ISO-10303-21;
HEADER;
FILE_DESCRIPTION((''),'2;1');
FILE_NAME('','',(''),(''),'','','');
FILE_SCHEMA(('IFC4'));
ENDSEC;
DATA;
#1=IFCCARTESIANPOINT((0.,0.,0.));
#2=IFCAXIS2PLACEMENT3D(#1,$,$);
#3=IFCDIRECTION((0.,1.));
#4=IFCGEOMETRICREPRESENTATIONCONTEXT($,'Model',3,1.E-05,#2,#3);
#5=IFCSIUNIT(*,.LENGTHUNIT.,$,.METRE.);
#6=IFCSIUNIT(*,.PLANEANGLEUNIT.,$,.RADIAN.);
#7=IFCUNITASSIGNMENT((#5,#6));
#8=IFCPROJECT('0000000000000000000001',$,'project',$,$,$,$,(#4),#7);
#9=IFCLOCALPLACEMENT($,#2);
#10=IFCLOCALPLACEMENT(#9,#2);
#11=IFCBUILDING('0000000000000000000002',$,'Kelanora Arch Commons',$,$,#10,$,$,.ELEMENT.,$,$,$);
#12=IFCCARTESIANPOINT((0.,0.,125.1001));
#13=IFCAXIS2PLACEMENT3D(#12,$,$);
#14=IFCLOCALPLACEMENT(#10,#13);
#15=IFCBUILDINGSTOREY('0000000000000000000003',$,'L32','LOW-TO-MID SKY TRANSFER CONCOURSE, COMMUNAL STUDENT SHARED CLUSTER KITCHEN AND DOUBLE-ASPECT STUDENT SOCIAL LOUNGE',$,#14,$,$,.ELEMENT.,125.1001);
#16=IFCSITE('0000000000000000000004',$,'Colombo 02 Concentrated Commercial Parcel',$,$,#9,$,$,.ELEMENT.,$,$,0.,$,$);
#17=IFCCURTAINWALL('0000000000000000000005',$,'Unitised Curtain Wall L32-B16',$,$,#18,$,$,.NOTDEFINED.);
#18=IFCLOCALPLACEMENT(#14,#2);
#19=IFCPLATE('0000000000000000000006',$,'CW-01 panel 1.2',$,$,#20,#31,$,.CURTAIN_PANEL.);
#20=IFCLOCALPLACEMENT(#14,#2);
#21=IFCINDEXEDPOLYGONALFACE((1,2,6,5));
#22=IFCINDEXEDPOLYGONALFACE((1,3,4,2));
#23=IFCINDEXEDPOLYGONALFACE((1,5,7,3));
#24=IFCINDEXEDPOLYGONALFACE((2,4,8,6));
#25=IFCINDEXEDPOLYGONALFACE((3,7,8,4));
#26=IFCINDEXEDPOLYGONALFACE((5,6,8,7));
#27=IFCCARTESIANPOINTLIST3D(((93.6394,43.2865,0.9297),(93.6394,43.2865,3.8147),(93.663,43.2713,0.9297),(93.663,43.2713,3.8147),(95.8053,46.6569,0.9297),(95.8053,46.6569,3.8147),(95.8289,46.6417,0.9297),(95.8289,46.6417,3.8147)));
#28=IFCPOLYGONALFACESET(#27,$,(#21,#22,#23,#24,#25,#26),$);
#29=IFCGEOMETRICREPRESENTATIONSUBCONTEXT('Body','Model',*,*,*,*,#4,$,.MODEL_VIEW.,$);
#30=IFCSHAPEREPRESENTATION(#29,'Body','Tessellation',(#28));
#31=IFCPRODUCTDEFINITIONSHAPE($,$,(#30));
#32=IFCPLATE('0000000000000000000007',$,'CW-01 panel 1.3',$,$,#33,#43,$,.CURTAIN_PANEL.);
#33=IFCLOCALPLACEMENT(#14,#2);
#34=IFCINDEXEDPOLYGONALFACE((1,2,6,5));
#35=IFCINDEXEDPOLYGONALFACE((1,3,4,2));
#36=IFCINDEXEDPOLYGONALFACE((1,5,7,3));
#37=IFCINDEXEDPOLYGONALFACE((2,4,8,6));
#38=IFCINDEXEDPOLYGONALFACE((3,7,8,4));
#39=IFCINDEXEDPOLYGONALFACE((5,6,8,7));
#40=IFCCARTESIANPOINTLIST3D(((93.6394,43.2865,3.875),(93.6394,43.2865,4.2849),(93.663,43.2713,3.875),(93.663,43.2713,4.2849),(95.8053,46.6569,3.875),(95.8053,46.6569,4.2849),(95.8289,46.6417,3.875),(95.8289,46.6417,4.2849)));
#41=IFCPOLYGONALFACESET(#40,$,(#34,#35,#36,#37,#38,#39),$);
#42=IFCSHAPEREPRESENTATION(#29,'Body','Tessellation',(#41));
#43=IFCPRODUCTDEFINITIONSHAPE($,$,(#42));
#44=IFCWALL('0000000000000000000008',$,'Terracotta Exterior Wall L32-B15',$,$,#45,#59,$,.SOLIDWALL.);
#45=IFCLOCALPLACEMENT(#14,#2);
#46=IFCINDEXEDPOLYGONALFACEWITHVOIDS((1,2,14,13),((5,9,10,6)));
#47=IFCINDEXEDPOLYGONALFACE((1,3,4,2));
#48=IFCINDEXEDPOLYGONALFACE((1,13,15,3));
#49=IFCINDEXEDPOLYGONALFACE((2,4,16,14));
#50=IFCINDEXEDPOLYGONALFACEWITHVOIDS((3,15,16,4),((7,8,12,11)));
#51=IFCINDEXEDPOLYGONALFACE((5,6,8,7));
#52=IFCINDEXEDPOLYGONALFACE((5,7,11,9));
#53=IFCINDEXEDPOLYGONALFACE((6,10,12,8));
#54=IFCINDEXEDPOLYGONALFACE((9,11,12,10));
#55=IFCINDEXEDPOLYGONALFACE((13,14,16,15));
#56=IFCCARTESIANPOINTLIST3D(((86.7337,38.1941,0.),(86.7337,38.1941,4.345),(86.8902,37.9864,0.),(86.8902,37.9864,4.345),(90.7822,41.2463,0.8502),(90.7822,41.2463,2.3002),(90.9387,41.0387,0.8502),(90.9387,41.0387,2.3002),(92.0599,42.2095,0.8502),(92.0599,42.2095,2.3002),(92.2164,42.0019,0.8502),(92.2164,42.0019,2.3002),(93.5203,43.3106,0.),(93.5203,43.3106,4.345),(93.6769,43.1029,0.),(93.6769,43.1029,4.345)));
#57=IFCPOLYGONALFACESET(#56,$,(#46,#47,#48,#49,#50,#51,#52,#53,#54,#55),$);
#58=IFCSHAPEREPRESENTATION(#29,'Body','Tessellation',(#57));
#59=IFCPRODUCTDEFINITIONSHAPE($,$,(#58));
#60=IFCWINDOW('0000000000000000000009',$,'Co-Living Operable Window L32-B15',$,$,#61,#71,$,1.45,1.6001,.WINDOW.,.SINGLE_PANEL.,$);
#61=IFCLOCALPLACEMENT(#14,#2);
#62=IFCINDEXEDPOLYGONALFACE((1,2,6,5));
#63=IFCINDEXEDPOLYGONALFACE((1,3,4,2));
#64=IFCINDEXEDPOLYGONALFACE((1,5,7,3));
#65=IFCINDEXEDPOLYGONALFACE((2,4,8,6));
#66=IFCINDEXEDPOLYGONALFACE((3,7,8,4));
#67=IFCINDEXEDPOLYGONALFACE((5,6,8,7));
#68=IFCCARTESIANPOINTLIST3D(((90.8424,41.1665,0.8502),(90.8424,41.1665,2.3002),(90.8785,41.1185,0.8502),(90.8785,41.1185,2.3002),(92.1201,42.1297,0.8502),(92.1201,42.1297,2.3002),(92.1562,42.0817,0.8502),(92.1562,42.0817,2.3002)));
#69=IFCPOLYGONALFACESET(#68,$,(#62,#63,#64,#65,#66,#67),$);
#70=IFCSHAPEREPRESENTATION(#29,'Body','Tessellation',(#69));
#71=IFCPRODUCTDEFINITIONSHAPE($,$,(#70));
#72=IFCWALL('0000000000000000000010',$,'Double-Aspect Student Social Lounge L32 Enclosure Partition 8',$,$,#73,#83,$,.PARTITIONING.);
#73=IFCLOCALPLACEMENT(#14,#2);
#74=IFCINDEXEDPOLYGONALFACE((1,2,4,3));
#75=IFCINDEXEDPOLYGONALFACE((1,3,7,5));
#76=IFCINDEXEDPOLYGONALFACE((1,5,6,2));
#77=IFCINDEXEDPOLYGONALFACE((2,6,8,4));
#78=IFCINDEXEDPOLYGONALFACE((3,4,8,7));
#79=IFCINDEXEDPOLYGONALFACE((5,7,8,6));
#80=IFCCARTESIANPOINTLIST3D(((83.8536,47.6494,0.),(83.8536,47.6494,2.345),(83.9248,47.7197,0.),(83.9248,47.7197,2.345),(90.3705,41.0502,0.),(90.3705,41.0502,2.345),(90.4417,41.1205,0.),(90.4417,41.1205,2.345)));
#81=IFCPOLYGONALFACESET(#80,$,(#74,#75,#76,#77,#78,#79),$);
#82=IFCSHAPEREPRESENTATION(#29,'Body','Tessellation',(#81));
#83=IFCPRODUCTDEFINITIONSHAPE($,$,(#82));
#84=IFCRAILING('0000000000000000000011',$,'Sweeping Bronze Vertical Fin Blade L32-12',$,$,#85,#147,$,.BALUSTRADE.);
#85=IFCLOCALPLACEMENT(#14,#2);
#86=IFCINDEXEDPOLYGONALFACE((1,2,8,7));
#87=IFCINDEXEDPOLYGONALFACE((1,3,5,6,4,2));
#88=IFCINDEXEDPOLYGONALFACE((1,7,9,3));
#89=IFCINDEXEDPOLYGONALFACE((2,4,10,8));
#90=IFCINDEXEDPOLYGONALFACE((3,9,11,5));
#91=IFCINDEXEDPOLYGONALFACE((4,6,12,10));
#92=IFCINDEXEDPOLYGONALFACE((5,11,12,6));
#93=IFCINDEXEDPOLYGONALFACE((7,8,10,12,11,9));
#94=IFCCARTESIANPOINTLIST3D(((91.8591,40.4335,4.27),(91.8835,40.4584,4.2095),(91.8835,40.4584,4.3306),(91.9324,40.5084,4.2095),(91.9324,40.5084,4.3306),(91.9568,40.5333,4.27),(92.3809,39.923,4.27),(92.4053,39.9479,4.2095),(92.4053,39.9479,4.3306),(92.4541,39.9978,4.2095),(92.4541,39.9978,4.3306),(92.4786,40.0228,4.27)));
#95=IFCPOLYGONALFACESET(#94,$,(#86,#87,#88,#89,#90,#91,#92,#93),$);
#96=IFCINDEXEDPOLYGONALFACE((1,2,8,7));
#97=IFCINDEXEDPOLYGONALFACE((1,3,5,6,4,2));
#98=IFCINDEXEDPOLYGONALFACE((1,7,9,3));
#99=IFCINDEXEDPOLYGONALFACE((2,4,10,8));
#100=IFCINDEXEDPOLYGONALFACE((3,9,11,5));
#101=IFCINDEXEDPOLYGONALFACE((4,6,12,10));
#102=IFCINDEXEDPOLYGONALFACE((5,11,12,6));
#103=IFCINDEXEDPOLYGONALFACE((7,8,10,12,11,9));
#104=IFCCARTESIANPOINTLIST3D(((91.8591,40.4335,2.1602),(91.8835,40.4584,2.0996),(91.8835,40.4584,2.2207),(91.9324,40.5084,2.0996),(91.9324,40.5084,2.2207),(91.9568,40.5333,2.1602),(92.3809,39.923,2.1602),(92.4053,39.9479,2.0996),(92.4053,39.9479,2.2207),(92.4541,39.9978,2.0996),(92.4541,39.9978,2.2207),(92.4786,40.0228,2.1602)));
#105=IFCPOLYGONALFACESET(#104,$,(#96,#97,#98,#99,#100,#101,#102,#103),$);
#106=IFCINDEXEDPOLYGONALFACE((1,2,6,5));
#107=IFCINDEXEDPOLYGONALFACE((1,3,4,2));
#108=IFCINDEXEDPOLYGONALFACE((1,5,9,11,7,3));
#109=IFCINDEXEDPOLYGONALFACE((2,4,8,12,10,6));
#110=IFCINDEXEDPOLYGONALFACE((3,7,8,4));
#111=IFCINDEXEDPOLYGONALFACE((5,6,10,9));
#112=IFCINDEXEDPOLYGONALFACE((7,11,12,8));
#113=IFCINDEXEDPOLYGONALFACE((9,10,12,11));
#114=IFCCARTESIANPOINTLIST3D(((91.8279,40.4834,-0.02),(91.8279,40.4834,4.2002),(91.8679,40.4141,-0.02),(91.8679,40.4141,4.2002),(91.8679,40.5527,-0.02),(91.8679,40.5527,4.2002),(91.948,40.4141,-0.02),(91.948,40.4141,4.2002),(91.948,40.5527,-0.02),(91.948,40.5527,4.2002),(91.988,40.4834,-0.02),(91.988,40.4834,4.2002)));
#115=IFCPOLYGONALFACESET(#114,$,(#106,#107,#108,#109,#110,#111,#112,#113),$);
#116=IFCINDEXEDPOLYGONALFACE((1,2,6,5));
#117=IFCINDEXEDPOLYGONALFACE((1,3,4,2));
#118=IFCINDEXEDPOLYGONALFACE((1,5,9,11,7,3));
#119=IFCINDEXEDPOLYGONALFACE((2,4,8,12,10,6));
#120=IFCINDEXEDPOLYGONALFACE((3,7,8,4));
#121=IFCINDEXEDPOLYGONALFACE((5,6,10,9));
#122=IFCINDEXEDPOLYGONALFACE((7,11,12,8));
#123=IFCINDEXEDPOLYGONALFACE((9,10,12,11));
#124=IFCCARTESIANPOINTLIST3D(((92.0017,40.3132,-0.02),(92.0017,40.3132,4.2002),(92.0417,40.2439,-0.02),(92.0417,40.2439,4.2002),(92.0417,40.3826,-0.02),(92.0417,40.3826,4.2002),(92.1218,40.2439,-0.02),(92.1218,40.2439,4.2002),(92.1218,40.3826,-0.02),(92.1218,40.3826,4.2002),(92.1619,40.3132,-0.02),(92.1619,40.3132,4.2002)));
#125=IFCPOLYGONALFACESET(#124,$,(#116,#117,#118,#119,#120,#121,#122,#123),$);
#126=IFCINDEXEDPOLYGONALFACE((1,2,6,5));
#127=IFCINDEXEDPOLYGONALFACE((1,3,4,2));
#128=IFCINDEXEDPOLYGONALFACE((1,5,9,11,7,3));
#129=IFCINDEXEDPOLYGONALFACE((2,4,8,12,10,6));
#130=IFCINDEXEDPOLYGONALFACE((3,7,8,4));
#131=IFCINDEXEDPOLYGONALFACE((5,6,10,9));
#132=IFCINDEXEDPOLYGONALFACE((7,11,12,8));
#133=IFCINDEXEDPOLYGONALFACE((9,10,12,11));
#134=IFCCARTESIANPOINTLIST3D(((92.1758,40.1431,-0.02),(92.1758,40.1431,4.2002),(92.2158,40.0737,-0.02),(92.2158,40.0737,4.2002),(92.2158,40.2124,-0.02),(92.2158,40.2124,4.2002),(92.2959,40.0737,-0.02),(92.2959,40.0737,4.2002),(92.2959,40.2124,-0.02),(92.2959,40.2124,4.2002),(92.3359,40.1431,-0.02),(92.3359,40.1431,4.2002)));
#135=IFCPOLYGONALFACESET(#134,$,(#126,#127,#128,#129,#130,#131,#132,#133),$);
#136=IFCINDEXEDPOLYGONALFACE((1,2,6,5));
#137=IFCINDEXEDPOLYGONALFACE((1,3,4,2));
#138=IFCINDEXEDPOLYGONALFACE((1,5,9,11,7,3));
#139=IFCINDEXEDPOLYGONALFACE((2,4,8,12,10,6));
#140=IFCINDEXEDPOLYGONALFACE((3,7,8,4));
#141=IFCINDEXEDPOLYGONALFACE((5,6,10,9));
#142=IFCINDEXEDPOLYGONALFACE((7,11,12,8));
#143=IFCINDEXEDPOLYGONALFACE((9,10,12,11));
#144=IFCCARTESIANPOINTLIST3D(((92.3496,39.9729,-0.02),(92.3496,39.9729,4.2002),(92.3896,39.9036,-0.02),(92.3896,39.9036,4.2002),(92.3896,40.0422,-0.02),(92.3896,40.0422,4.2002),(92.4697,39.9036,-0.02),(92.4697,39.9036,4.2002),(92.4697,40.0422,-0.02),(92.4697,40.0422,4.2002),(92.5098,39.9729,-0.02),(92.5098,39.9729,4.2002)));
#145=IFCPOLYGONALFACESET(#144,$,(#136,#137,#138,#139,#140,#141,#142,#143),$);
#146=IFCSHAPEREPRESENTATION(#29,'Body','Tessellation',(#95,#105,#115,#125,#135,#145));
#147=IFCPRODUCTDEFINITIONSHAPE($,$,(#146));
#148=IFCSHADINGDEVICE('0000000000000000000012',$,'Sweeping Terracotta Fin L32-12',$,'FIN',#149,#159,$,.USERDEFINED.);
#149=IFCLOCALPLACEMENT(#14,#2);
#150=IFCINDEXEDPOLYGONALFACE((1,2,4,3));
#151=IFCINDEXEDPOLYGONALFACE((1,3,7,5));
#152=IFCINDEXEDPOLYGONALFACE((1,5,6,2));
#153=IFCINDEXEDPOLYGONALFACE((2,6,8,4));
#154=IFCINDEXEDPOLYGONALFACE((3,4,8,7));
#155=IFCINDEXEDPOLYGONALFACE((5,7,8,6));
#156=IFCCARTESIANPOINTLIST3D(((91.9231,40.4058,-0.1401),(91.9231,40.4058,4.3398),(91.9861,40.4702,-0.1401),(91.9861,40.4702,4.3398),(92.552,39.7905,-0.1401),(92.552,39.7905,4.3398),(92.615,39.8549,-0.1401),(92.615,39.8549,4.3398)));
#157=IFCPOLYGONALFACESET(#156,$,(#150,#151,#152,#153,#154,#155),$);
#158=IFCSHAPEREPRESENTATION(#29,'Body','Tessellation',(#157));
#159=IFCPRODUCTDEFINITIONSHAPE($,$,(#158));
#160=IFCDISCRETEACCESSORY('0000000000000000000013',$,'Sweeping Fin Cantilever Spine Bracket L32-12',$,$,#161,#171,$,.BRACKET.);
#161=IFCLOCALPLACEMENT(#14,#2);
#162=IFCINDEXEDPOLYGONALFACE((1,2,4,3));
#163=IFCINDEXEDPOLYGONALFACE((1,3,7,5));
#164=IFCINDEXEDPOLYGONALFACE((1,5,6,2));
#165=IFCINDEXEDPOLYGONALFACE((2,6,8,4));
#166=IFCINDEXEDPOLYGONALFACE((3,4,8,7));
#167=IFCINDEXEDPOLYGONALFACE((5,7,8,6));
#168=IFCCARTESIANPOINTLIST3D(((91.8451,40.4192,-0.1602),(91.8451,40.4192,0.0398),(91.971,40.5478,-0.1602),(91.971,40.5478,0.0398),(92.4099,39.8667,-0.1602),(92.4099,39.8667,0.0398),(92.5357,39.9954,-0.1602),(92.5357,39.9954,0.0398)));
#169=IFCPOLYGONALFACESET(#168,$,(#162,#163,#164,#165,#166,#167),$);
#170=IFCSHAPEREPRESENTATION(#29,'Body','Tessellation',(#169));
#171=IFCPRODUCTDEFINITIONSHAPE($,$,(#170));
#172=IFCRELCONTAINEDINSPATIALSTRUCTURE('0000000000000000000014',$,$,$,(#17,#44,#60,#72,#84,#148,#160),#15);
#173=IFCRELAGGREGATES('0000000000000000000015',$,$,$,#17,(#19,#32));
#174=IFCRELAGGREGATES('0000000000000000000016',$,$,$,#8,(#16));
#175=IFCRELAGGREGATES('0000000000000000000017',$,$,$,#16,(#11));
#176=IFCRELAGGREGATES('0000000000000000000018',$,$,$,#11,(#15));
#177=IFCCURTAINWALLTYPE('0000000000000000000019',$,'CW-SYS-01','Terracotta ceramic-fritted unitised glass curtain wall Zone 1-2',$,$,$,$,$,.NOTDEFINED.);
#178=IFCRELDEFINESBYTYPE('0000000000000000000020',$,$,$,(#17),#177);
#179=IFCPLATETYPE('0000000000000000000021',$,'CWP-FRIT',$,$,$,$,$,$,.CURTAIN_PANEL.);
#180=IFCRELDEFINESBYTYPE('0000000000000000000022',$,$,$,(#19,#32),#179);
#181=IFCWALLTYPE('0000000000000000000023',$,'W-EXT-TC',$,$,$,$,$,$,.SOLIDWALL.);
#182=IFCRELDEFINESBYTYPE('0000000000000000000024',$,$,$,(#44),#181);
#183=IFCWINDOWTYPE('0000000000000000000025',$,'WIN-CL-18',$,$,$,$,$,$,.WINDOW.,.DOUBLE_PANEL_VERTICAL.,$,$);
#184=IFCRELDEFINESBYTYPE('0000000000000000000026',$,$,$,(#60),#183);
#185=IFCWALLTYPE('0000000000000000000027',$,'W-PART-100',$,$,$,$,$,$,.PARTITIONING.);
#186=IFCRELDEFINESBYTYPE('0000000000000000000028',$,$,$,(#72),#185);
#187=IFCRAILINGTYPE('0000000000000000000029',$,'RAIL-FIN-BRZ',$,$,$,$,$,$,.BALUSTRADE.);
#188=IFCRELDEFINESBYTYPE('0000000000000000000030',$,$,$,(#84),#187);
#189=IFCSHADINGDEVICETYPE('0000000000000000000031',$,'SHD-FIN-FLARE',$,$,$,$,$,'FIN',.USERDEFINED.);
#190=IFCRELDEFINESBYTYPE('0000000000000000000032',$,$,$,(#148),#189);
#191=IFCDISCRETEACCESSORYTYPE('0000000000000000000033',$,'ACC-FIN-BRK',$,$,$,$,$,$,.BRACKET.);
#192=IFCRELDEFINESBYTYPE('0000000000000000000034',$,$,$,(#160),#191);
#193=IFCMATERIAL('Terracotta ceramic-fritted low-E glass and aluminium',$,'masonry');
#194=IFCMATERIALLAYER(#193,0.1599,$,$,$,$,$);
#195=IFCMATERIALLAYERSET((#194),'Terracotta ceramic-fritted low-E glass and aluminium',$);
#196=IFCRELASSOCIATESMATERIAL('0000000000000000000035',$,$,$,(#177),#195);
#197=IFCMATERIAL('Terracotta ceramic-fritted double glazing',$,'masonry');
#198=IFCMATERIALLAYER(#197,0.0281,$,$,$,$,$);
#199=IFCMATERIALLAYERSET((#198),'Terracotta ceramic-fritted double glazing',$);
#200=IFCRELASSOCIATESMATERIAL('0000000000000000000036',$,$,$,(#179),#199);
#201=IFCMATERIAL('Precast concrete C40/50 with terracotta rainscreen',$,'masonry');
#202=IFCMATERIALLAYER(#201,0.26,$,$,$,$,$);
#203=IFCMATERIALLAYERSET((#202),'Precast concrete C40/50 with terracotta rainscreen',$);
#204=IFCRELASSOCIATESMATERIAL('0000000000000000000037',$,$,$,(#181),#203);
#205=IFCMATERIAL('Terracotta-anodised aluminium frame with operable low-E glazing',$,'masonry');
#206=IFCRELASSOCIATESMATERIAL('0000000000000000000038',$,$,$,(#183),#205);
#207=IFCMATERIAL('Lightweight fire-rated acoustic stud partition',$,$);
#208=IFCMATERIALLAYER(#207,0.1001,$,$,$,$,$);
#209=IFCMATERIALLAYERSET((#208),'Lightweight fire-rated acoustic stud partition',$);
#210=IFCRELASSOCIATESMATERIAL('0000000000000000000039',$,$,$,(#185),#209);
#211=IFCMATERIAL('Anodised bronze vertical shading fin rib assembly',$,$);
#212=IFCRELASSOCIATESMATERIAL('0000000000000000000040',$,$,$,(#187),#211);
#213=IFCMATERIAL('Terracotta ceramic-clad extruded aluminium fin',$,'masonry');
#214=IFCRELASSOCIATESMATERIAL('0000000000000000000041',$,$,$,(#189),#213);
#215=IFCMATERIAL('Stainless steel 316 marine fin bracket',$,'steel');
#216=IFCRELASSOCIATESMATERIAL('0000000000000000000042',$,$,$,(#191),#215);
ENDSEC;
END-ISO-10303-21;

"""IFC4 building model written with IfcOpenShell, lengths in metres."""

from ifc_helpers import new_model, si_unit, direction, frame, frame_2d, origin, origin_2d, place, context, subcontext, project, spatial, polyline, rectangle, outline, extrude, source, transform, mapped, material, layer, layer_set, type_object, element, fill, aggregate, save


model = new_model("IFC4")

# Units and contexts
model_context = context("Model", 3, precision=1e-05, world=origin(), true_north=direction((0.0, 1.0)))
body_context = subcontext(model_context, "Body", "Model", "MODEL_VIEW")
ifc_project = project(units=[si_unit("LENGTHUNIT", "METRE"), si_unit("PLANEANGLEUNIT", "RADIAN")], contexts=[model_context])

# Site, building, storey
site_placement = place(None, origin())
site = spatial("IfcSite", under=ifc_project, at=site_placement, Name="Colombo 02 Concentrated Commercial Parcel", CompositionType="ELEMENT", RefElevation=0.0)
building_placement = place(site_placement, origin())
building = spatial("IfcBuilding", under=site, at=building_placement, Name="Kelanora Arch Commons", CompositionType="ELEMENT")
storey_placement = place(building_placement, frame((0.0, 0.0, 125.1001)))
storey = spatial("IfcBuildingStorey", under=building, at=storey_placement, Name="L32", Description="LOW-TO-MID SKY TRANSFER CONCOURSE, COMMUNAL STUDENT SHARED CLUSTER KITCHEN AND DOUBLE-ASPECT STUDENT SOCIAL LOUNGE", CompositionType="ELEMENT", Elevation=125.1001)

# Shared definitions
ifc_material_1 = material(Name="Terracotta ceramic-fritted low-E glass and aluminium", Category="masonry")
ifc_layer_1 = layer(ifc_material_1, 0.1599)
ifc_layer_set_1 = layer_set([ifc_layer_1], Name="Terracotta ceramic-fritted low-E glass and aluminium")
curtain_wall_type = type_object("IfcCurtainWallType", Name="CW-SYS-01", Description="Terracotta ceramic-fritted unitised glass curtain wall Zone 1-2", PredefinedType="NOTDEFINED", material=ifc_layer_set_1)

# Curtain wall
curtain_wall_1_placement = place(storey_placement, origin())
curtain_wall_1 = element("IfcCurtainWall", 1, at=curtain_wall_1_placement, inside=storey, type_object=curtain_wall_type, Name="Unitised Curtain Wall L32-B16", PredefinedType="NOTDEFINED")

# Plates
ifc_material_2 = material(Name="Terracotta ceramic-fritted double glazing", Category="masonry")
ifc_layer_2 = layer(ifc_material_2, 0.0281)
ifc_layer_set_2 = layer_set([ifc_layer_2], Name="Terracotta ceramic-fritted double glazing")
plate_type = type_object("IfcPlateType", Name="CWP-FRIT", PredefinedType="CURTAIN_PANEL", material=ifc_layer_set_2)
shared_shape_1 = source(origin(), body_context, "Body", "SweptSolid", [
    extrude(rectangle(XDim=4.0063, YDim=0.0281, at=origin_2d()), origin(), (0.0, 0.0, 1.0), 2.885),
])
plate_1_placement = place(storey_placement, frame((94.7341, 44.9641, 0.9297), z_axis=(0.0, 0.0, 1.0), x_axis=(0.540617, 0.841269, 0.0)))
plate_1 = element("IfcPlate", 2, at=plate_1_placement, type_object=plate_type, Name="CW-01 panel 1.2", PredefinedType="CURTAIN_PANEL", context=body_context, shape_type="MappedRepresentation", body=[
    mapped(shared_shape_1, transform((0.0, 0.0, 0.0), scale=1.0)),
])
shared_shape_2 = source(origin(), body_context, "Body", "SweptSolid", [
    extrude(rectangle(XDim=4.0063, YDim=0.0281, at=origin_2d()), origin(), (0.0, 0.0, 1.0), 0.4099),
])
plate_2_placement = place(storey_placement, frame((94.7341, 44.9641, 3.875), z_axis=(0.0, 0.0, 1.0), x_axis=(0.540617, 0.841269, 0.0)))
plate_2 = element("IfcPlate", 3, at=plate_2_placement, type_object=plate_type, Name="CW-01 panel 1.3", PredefinedType="CURTAIN_PANEL", context=body_context, shape_type="MappedRepresentation", body=[
    mapped(shared_shape_2, transform((0.0, 0.0, 0.0), scale=1.0)),
])
aggregate(curtain_wall_1, [plate_1, plate_2])

# Wall, opening, window
ifc_material_3 = material(Name="Precast concrete C40/50 with terracotta rainscreen", Category="masonry")
ifc_layer_3 = layer(ifc_material_3, 0.26)
ifc_layer_set_3 = layer_set([ifc_layer_3], Name="Precast concrete C40/50 with terracotta rainscreen")
wall_type_1 = type_object("IfcWallType", Name="W-EXT-TC", PredefinedType="SOLIDWALL", material=ifc_layer_set_3)
wall_1_placement = place(storey_placement, frame((86.812, 38.0903, 0.0), z_axis=(0.0, 0.0, 1.0), x_axis=(0.798502, 0.601993, 0.0)))
wall_1 = element("IfcWall", 4, at=wall_1_placement, inside=storey, type_object=wall_type_1, Name="Terracotta Exterior Wall L32-B15", PredefinedType="SOLIDWALL", context=body_context, shape_type="SweptSolid", body=[
    extrude(rectangle(XDim=8.4993, YDim=0.26, at=frame_2d((4.2495, 0.0))), origin(), (0.0, 0.0, 1.0), 4.345),
])
opening_placement = place(wall_1_placement, frame((5.0701, 0.0, 0.8501)))
opening = element("IfcOpeningElement", 5, at=opening_placement, cuts=wall_1, PredefinedType="OPENING", context=body_context, shape_type="SweptSolid", body=[
    extrude(rectangle(XDim=1.6001, YDim=1.45, at=frame_2d((0.8, 0.7251))), frame((0.0, 0.1401, 0.0), z_axis=(0.0, -1.0, 0.0), x_axis=(1.0, 0.0, 0.0)), (0.0, 0.0, 1.0), 0.28),
])
ifc_material_4 = material(Name="Terracotta-anodised aluminium frame with operable low-E glazing", Category="masonry")
window_type = type_object("IfcWindowType", Name="WIN-CL-18", PartitioningType="DOUBLE_PANEL_VERTICAL", PredefinedType="WINDOW", material=ifc_material_4)
window_placement = place(opening_placement, origin())
window = element("IfcWindow", 6, at=window_placement, inside=storey, type_object=window_type, Name="Co-Living Operable Window L32-B15", OverallHeight=1.45, OverallWidth=1.6001, PartitioningType="SINGLE_PANEL", PredefinedType="WINDOW", context=body_context, shape_type="SweptSolid", body=[
    extrude(rectangle(XDim=1.6001, YDim=1.45, at=frame_2d((0.8, 0.7251))), frame((0.0, 0.03, 0.0), z_axis=(0.0, -1.0, 0.0), x_axis=(1.0, 0.0, 0.0)), (0.0, 0.0, 1.0), 0.0601),
])
fill(opening, window)

# Wall
ifc_material_5 = material(Name="Lightweight fire-rated acoustic stud partition")
ifc_layer_4 = layer(ifc_material_5, 0.1001)
ifc_layer_set_4 = layer_set([ifc_layer_4], Name="Lightweight fire-rated acoustic stud partition")
wall_type_2 = type_object("IfcWallType", Name="W-PART-100", PredefinedType="PARTITIONING", material=ifc_layer_set_4)
wall_2_placement = place(storey_placement, frame((90.406, 41.0854, 0.0), z_axis=(0.0, 0.0, 1.0), x_axis=(-0.702657, 0.711528, 0.0)))
element("IfcWall", 7, at=wall_2_placement, inside=storey, type_object=wall_type_2, Name="Double-Aspect Student Social Lounge L32 Enclosure Partition 8", PredefinedType="PARTITIONING", context=body_context, shape_type="SweptSolid", body=[
    extrude(rectangle(XDim=9.2747, YDim=0.1001, at=frame_2d((4.6372, 0.0))), origin(), (0.0, 0.0, 1.0), 2.345),
])

# Railing
ifc_material_6 = material(Name="Anodised bronze vertical shading fin rib assembly")
railing_type = type_object("IfcRailingType", Name="RAIL-FIN-BRZ", PredefinedType="BALUSTRADE", material=ifc_material_6)
railing_placement = place(storey_placement, frame((91.908, 40.4834, -0.02)))
element("IfcRailing", 8, at=railing_placement, inside=storey, type_object=railing_type, Name="Sweeping Bronze Vertical Fin Blade L32-12", PredefinedType="BALUSTRADE", context=body_context, shape_type="SweptSolid", body=[
    extrude(outline(polyline([(0.0698, 0.0), (0.0349, 0.0605), (-0.0349, 0.0605), (-0.0698, 0.0), (-0.0349, -0.0605), (0.0349, -0.0605), (0.0698, 0.0)])), frame((0.0, 0.0, 4.29), z_axis=(0.714758, -0.699372, 0.0), x_axis=(0.699372, 0.714758, 0.0)), (0.0, 0.0, 1.0), 0.73),
    extrude(outline(polyline([(0.0698, 0.0), (0.0349, 0.0605), (-0.0349, 0.0605), (-0.0698, 0.0), (-0.0349, -0.0605), (0.0349, -0.0605), (0.0698, 0.0)])), frame((0.0, 0.0, 2.1802), z_axis=(0.714758, -0.699372, 0.0), x_axis=(0.699372, 0.714758, 0.0)), (0.0, 0.0, 1.0), 0.73),
    extrude(outline(polyline([(0.0801, 0.0), (0.04, 0.0693), (-0.04, 0.0693), (-0.0801, 0.0), (-0.04, -0.0693), (0.04, -0.0693), (0.0801, 0.0)])), origin(), (0.0, 0.0, 1.0), 4.2202),
    extrude(outline(polyline([(0.0801, 0.0), (0.04, 0.0693), (-0.04, 0.0693), (-0.0801, 0.0), (-0.04, -0.0693), (0.04, -0.0693), (0.0801, 0.0)])), frame((0.1738, -0.1702, 0.0)), (0.0, 0.0, 1.0), 4.2202),
    extrude(outline(polyline([(0.0801, 0.0), (0.04, 0.0693), (-0.04, 0.0693), (-0.0801, 0.0), (-0.04, -0.0693), (0.04, -0.0693), (0.0801, 0.0)])), frame((0.3479, -0.3403, 0.0)), (0.0, 0.0, 1.0), 4.2202),
    extrude(outline(polyline([(0.0801, 0.0), (0.04, 0.0693), (-0.04, 0.0693), (-0.0801, 0.0), (-0.04, -0.0693), (0.04, -0.0693), (0.0801, 0.0)])), frame((0.5217, -0.5105, 0.0)), (0.0, 0.0, 1.0), 4.2202),
])

# Shading device
ifc_material_7 = material(Name="Terracotta ceramic-clad extruded aluminium fin", Category="masonry")
shading_device_type = type_object("IfcShadingDeviceType", Name="SHD-FIN-FLARE", ElementType="FIN", PredefinedType="USERDEFINED", material=ifc_material_7)
shared_shape_3 = source(origin(), body_context, "Body", "SweptSolid", [
    extrude(rectangle(XDim=0.8799, YDim=0.0901, at=origin_2d()), origin(), (0.0, 0.0, 1.0), 4.48),
])
shading_device_placement = place(storey_placement, frame((92.269, 40.1304, -0.1401), z_axis=(0.0, 0.0, 1.0), x_axis=(0.714839, -0.699289, 0.0)))
element("IfcShadingDevice", 9, at=shading_device_placement, inside=storey, type_object=shading_device_type, Name="Sweeping Terracotta Fin L32-12", ObjectType="FIN", PredefinedType="USERDEFINED", context=body_context, shape_type="MappedRepresentation", body=[
    mapped(shared_shape_3, transform((0.0, 0.0, 0.0), scale=1.0)),
])

# Discrete accessory
ifc_material_8 = material(Name="Stainless steel 316 marine fin bracket", Category="steel")
discrete_accessory_type = type_object("IfcDiscreteAccessoryType", Name="ACC-FIN-BRK", PredefinedType="BRACKET", material=ifc_material_8)
shared_shape_4 = source(origin(), body_context, "Body", "SweptSolid", [
    extrude(rectangle(XDim=0.79, YDim=0.1799, at=origin_2d()), origin(), (0.0, 0.0, 1.0), 0.2),
])
discrete_accessory_placement = place(storey_placement, frame((92.1904, 40.2073, -0.1602), z_axis=(0.0, 0.0, 1.0), x_axis=(0.714839, -0.699289, 0.0)))
element("IfcDiscreteAccessory", 10, at=discrete_accessory_placement, inside=storey, type_object=discrete_accessory_type, Name="Sweeping Fin Cantilever Spine Bracket L32-12", PredefinedType="BRACKET", context=body_context, shape_type="MappedRepresentation", body=[
    mapped(shared_shape_4, transform((0.0, 0.0, 0.0), scale=1.0)),
])

save(model, "model.ifc")
